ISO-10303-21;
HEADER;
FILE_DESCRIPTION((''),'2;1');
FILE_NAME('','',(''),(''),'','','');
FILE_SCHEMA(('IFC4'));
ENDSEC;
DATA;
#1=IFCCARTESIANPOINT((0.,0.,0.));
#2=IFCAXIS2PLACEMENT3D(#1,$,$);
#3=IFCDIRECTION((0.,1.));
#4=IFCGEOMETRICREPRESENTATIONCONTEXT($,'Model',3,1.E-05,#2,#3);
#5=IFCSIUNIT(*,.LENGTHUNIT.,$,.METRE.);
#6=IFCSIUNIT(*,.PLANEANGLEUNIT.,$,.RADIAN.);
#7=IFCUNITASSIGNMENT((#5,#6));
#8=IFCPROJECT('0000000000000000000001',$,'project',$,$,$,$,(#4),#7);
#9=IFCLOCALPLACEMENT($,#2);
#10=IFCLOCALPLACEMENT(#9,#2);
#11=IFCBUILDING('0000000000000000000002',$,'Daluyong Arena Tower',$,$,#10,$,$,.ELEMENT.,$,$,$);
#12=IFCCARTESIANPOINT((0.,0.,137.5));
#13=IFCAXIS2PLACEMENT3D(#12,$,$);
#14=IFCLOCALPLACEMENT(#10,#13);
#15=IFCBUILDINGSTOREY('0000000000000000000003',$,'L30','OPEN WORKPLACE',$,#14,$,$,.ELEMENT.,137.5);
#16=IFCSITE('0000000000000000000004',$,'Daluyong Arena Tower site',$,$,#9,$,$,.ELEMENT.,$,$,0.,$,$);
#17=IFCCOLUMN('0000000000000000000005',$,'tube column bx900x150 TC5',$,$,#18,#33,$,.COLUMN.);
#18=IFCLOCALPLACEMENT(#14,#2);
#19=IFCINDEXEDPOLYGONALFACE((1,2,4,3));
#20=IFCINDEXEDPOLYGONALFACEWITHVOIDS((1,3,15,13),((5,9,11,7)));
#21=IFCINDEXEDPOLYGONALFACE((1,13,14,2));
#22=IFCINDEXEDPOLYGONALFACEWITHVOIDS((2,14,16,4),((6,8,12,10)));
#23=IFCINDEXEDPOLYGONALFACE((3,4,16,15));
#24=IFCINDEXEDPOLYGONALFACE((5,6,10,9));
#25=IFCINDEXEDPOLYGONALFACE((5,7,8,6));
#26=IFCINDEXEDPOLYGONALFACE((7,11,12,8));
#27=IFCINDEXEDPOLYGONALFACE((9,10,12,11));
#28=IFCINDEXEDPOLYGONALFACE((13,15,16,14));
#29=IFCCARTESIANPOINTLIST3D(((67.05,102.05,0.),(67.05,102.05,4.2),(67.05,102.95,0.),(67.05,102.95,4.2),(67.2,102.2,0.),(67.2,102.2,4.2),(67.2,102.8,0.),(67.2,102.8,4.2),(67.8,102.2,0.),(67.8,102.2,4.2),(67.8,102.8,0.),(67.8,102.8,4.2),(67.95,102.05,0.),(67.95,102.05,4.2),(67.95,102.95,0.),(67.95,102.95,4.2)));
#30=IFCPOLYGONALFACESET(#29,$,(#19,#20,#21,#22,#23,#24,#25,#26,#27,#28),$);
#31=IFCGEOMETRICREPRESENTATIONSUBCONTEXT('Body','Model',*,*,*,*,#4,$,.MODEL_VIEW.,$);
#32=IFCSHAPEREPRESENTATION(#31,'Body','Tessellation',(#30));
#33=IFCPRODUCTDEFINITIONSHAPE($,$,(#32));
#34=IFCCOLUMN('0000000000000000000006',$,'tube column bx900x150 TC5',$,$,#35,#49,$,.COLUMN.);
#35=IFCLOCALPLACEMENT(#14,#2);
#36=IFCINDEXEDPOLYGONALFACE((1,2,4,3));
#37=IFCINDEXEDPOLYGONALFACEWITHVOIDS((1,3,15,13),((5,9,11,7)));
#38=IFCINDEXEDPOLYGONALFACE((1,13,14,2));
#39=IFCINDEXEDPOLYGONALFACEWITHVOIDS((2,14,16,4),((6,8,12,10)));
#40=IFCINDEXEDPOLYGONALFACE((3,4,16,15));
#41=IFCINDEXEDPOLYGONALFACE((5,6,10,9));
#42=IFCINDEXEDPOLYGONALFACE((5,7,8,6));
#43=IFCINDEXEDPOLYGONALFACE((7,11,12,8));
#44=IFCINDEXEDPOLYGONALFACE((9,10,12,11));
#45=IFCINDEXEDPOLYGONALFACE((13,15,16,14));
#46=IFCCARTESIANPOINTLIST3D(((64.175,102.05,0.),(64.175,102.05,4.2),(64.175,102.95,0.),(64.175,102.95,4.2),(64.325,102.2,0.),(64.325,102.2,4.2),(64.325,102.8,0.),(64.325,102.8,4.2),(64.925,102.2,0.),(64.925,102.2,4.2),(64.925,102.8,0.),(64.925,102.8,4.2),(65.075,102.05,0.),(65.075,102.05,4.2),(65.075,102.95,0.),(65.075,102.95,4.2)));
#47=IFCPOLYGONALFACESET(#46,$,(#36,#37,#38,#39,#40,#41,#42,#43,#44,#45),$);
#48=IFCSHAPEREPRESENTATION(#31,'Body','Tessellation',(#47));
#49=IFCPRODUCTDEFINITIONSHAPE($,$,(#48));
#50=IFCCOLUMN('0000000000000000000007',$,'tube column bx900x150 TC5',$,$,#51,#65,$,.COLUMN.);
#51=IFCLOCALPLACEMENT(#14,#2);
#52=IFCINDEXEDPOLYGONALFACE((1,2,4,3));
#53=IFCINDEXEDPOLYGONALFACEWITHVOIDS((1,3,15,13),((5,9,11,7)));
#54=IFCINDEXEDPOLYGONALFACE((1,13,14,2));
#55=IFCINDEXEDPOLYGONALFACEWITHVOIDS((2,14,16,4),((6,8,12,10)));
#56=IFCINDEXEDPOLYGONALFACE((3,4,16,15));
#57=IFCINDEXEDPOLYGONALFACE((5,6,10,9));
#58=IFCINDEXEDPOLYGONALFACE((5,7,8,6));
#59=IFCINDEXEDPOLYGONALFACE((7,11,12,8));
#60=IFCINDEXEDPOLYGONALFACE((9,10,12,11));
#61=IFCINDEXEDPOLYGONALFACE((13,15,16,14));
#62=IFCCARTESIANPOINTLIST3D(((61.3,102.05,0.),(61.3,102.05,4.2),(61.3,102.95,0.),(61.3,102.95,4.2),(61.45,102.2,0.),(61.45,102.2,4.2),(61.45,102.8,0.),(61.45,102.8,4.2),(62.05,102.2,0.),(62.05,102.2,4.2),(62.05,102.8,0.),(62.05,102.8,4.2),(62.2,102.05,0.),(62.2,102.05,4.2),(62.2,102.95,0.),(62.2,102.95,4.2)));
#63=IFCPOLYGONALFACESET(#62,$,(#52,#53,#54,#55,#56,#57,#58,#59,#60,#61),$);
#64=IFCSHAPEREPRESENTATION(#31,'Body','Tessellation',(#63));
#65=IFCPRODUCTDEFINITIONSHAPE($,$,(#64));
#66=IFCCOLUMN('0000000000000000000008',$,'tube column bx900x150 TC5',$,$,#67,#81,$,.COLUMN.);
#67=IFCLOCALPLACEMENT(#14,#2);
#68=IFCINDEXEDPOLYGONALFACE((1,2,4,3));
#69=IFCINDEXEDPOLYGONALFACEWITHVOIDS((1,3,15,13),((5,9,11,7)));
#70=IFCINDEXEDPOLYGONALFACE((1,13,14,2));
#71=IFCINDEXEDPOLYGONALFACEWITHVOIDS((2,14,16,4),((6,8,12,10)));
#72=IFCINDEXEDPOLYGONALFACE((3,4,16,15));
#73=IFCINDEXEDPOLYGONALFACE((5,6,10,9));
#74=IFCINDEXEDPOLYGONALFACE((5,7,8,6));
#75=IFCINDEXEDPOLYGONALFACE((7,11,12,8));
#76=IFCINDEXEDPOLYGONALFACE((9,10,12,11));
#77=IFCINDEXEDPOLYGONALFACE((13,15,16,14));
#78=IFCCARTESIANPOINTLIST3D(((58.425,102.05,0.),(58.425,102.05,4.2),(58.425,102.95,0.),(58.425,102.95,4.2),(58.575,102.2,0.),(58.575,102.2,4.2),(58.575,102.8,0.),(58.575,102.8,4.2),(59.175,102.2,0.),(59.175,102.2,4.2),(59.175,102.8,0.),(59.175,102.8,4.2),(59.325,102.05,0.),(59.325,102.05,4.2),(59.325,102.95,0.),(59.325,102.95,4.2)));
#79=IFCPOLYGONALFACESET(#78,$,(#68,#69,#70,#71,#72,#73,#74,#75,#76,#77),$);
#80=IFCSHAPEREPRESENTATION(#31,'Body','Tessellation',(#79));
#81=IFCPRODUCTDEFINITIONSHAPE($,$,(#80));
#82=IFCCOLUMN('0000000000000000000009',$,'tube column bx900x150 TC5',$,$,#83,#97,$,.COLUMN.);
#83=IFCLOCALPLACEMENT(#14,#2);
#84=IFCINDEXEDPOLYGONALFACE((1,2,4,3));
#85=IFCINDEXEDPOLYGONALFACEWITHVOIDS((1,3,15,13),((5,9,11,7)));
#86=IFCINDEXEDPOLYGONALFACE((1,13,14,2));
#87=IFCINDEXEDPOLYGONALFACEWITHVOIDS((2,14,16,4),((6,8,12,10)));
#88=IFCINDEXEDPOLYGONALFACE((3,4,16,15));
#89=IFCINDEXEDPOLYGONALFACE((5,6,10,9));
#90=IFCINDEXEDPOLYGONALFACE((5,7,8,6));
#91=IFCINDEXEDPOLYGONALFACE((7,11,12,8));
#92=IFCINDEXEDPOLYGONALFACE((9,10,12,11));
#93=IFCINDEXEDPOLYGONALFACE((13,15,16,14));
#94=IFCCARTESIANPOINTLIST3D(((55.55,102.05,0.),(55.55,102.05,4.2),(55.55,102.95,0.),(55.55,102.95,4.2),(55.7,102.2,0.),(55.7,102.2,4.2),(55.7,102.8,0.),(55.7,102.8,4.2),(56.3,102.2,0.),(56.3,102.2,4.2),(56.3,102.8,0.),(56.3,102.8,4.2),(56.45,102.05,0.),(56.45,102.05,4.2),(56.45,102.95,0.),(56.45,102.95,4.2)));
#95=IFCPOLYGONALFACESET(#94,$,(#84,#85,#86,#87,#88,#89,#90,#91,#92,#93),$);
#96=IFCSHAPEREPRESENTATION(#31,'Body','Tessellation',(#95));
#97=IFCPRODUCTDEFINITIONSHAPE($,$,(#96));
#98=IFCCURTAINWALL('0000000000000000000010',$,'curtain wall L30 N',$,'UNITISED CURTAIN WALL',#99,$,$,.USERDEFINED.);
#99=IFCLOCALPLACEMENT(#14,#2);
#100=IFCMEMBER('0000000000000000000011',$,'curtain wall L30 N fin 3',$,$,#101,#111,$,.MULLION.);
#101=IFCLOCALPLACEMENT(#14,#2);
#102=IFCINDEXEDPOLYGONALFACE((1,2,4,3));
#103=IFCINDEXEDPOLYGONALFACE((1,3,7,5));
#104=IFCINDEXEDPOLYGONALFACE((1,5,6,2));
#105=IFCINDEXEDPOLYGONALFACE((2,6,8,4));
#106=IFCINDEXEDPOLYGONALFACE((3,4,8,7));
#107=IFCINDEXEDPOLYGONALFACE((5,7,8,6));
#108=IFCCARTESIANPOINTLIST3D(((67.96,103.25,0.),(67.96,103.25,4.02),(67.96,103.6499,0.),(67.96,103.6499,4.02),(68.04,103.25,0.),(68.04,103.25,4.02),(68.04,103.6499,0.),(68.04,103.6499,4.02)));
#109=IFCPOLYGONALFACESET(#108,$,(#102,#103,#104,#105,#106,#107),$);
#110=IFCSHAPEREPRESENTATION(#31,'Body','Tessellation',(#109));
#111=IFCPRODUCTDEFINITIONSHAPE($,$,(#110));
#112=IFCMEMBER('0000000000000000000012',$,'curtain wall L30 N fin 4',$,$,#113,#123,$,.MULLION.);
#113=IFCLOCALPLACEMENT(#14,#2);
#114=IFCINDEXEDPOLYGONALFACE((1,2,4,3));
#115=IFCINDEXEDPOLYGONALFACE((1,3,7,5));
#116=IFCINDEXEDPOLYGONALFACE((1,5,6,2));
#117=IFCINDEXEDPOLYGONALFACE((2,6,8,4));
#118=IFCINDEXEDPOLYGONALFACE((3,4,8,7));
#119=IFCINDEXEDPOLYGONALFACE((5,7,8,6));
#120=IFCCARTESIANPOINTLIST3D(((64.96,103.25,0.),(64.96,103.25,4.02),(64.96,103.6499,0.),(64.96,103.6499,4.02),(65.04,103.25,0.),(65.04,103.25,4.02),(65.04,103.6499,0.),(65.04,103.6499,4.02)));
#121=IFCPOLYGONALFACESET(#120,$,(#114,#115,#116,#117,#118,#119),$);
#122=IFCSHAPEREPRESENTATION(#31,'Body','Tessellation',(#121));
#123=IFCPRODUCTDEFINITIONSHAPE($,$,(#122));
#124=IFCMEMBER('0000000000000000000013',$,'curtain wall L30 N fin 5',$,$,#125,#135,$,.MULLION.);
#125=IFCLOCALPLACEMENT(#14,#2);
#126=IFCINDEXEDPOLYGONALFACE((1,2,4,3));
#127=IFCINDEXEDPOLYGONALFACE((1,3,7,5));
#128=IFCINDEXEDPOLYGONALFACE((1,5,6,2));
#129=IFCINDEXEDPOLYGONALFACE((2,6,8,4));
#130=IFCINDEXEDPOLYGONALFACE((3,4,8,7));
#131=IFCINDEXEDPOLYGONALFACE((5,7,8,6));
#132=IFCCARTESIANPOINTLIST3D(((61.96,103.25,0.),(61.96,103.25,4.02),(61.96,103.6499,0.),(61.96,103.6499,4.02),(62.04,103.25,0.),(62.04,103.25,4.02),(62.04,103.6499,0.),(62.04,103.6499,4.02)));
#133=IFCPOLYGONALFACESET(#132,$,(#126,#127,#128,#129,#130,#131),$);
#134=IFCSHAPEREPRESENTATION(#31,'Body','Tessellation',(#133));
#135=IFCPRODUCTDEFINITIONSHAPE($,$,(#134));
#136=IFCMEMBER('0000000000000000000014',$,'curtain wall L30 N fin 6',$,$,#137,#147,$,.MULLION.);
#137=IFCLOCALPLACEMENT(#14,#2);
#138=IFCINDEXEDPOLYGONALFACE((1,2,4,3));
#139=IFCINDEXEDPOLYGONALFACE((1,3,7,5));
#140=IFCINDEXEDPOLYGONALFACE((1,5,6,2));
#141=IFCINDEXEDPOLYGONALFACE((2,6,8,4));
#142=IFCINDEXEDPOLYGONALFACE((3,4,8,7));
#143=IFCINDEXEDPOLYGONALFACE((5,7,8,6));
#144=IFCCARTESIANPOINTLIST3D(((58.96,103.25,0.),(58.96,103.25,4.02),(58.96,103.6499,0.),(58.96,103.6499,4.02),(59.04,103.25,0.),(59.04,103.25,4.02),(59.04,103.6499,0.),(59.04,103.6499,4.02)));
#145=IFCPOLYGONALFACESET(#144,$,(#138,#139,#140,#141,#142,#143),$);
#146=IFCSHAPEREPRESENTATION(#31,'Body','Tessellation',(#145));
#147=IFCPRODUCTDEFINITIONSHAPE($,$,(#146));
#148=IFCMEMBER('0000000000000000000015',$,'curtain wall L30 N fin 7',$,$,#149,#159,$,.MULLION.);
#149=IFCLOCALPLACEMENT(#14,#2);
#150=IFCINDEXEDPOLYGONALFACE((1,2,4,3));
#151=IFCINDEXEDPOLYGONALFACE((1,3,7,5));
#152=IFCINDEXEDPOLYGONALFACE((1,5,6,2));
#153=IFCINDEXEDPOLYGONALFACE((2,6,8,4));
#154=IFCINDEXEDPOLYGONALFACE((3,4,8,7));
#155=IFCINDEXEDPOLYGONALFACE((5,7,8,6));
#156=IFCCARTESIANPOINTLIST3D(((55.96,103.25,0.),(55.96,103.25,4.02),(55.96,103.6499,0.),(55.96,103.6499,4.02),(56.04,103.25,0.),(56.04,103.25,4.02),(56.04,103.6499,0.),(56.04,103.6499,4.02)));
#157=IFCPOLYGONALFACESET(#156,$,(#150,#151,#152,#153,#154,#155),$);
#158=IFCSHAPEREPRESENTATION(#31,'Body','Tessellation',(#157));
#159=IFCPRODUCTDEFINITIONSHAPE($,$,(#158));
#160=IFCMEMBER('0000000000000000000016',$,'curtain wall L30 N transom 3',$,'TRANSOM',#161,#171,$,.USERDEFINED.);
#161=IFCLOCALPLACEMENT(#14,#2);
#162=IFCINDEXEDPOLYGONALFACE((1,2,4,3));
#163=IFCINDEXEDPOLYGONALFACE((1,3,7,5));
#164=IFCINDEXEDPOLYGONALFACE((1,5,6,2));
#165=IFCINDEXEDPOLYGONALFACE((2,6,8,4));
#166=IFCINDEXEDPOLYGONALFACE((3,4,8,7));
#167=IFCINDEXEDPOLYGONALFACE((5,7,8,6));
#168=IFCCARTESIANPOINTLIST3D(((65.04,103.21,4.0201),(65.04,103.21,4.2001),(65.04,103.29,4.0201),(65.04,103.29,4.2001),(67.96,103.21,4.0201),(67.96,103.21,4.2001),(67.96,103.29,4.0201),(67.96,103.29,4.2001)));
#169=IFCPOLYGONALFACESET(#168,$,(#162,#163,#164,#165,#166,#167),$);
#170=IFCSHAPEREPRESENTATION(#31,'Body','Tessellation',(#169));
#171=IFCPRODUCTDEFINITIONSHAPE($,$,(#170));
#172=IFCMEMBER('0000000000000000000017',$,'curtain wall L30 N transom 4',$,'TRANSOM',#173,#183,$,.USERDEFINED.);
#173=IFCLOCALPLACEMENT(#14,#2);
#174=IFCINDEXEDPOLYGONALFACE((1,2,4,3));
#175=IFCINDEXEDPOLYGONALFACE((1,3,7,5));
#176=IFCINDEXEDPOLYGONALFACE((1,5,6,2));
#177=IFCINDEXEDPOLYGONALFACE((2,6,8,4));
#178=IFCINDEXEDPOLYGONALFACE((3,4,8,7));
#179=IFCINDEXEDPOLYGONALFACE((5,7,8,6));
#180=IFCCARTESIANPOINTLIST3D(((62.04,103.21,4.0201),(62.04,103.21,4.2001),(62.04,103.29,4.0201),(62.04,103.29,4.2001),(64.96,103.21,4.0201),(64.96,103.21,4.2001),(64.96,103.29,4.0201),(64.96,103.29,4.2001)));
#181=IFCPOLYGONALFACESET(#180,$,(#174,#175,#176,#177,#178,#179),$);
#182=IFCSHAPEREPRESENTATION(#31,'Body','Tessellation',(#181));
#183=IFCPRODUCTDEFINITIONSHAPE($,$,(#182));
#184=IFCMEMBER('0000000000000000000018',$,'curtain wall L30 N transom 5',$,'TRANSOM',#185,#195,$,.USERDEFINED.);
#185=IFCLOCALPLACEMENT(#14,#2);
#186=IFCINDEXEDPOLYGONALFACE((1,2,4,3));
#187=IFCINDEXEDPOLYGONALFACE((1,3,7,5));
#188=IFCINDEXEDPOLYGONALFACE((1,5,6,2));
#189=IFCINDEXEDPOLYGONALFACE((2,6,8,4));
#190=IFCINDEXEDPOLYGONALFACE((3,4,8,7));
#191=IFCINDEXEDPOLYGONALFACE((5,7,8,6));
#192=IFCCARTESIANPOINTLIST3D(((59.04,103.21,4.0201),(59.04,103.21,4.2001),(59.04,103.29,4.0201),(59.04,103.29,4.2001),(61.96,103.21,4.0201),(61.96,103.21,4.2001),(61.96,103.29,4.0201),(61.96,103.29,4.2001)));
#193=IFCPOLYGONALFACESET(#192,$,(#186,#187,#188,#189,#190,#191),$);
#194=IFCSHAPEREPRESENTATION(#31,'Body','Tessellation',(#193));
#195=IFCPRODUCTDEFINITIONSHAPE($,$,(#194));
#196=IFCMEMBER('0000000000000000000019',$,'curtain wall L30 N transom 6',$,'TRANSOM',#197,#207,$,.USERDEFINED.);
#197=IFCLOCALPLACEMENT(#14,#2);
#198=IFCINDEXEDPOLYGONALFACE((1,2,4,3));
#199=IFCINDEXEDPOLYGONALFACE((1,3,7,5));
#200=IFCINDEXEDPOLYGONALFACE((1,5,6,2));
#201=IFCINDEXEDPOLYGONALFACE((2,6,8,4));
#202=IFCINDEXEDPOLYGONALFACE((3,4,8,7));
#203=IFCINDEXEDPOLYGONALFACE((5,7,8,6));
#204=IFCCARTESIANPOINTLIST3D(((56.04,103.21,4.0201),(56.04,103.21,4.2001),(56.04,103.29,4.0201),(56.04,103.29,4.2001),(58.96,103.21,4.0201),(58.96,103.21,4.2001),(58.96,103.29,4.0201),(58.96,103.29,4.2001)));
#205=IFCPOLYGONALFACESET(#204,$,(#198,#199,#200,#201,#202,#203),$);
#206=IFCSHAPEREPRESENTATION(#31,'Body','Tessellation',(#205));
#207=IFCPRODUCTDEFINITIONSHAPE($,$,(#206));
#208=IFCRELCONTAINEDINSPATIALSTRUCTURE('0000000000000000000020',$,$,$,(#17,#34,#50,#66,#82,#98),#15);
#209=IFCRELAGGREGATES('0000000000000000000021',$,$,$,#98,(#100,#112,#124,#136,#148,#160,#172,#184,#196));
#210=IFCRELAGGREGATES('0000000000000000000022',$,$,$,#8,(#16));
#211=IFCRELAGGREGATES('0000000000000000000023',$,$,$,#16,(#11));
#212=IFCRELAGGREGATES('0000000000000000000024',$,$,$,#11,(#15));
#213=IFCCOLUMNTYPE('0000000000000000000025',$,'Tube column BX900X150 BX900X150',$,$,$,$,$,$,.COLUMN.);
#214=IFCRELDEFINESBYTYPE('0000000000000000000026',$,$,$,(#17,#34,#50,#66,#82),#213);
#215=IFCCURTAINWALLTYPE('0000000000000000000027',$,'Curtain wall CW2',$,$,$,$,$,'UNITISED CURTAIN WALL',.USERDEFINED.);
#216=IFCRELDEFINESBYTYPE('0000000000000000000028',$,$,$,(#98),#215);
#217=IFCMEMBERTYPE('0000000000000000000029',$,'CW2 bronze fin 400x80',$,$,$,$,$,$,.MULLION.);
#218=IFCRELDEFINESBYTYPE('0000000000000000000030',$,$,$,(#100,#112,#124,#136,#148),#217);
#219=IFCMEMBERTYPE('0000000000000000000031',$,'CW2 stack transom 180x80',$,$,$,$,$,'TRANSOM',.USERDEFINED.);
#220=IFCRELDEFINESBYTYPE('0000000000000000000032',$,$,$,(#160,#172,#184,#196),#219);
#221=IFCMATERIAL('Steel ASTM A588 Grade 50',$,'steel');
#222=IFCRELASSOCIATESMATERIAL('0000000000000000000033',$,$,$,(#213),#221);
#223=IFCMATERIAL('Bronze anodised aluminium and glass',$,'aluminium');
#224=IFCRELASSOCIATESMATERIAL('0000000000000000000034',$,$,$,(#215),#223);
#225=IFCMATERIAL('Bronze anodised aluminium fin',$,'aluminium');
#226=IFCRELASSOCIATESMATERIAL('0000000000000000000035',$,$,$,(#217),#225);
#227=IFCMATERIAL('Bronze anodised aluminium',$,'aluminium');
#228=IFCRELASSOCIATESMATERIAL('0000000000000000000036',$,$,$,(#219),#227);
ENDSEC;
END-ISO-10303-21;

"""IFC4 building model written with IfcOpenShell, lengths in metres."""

from ifc_helpers import new_model, si_unit, direction, frame, origin, origin_2d, place, context, subcontext, project, spatial, rectangle, hollow_rectangle, extrude, material, material_profile, profile_set, type_object, element, aggregate, save


model = new_model("IFC4")

# Units and contexts
model_context = context("Model", 3, precision=1e-05, world=origin(), true_north=direction((0.0, 1.0)))
body_context = subcontext(model_context, "Body", "Model", "MODEL_VIEW")
ifc_project = project(units=[si_unit("LENGTHUNIT", "METRE"), si_unit("PLANEANGLEUNIT", "RADIAN")], contexts=[model_context])

# Site, building, storey
site_placement = place(None, origin())
site = spatial("IfcSite", under=ifc_project, at=site_placement, Name="Daluyong Arena Tower site", CompositionType="ELEMENT", RefElevation=0.0)
building_placement = place(site_placement, origin())
building = spatial("IfcBuilding", under=site, at=building_placement, Name="Daluyong Arena Tower", CompositionType="ELEMENT")
storey_placement = place(building_placement, frame((0.0, 0.0, 137.5)))
storey = spatial("IfcBuildingStorey", under=building, at=storey_placement, Name="L30", Description="OPEN WORKPLACE", CompositionType="ELEMENT", Elevation=137.5)

# Columns
ifc_material_1 = material(Name="Steel ASTM A588 Grade 50", Category="steel")
ifc_material_profile_1 = material_profile(ifc_material_1, hollow_rectangle(XDim=0.8999, YDim=0.8999, WallThickness=0.15, at=origin_2d()))
ifc_profile_set_1 = profile_set([ifc_material_profile_1], Name="Steel ASTM A588 Grade 50")
column_type = type_object("IfcColumnType", Name="Tube column BX900X150 BX900X150", PredefinedType="COLUMN", material=ifc_profile_set_1)
for number, where, z_axis, x_axis, name in (
    (1, (67.5, 102.5, 0.0), (0.0, 0.0, 1.0), (1.0, 0.0, 0.0), "tube column bx900x150 TC5"),
    (2, (64.625, 102.5, 0.0), (0.0, 0.0, 1.0), (1.0, 0.0, 0.0), "tube column bx900x150 TC5"),
    (3, (61.75, 102.5, 0.0), (0.0, 0.0, 1.0), (1.0, 0.0, 0.0), "tube column bx900x150 TC5"),
    (4, (58.875, 102.5, 0.0), (0.0, 0.0, 1.0), (1.0, 0.0, 0.0), "tube column bx900x150 TC5"),
    (5, (56.0, 102.5, 0.0), (0.0, 0.0, 1.0), (1.0, 0.0, 0.0), "tube column bx900x150 TC5"),
):
    element("IfcColumn", number, at=place(storey_placement, frame(where, z_axis=z_axis, x_axis=x_axis)), inside=storey, type_object=column_type, Name=name, PredefinedType="COLUMN", context=body_context, shape_type="SweptSolid", body=[
        extrude(hollow_rectangle(XDim=0.8999, YDim=0.8999, WallThickness=0.15, at=origin_2d()), origin(), (0.0, 0.0, 1.0), 4.2),
    ])

# Curtain wall, members
ifc_material_2 = material(Name="Bronze anodised aluminium and glass", Category="aluminium")
curtain_wall_type = type_object("IfcCurtainWallType", Name="Curtain wall CW2", ElementType="UNITISED CURTAIN WALL", PredefinedType="USERDEFINED", material=ifc_material_2)
curtain_wall_placement = place(storey_placement, origin())
curtain_wall = element("IfcCurtainWall", 6, at=curtain_wall_placement, inside=storey, type_object=curtain_wall_type, Name="curtain wall L30 N", ObjectType="UNITISED CURTAIN WALL", PredefinedType="USERDEFINED")
ifc_material_3 = material(Name="Bronze anodised aluminium fin", Category="aluminium")
ifc_material_profile_2 = material_profile(ifc_material_3, rectangle(XDim=0.3999, YDim=0.0801, at=origin_2d()))
ifc_profile_set_2 = profile_set([ifc_material_profile_2], Name="Bronze anodised aluminium fin")
member_type_1 = type_object("IfcMemberType", Name="CW2 bronze fin 400x80", PredefinedType="MULLION", material=ifc_profile_set_2)
member_1_placement = place(storey_placement, frame((68.0, 103.45, 0.0), z_axis=(0.0, 0.0, 1.0), x_axis=(0.0, -1.0, 0.0)))
member_1 = element("IfcMember", 7, at=member_1_placement, type_object=member_type_1, Name="curtain wall L30 N fin 3", PredefinedType="MULLION", context=body_context, shape_type="SweptSolid", body=[
    extrude(rectangle(XDim=0.3999, YDim=0.0801, at=origin_2d()), origin(), (0.0, 0.0, 1.0), 4.02),
])
member_2_placement = place(storey_placement, frame((65.0, 103.45, 0.0), z_axis=(0.0, 0.0, 1.0), x_axis=(0.0, -1.0, 0.0)))
member_2 = element("IfcMember", 8, at=member_2_placement, type_object=member_type_1, Name="curtain wall L30 N fin 4", PredefinedType="MULLION", context=body_context, shape_type="SweptSolid", body=[
    extrude(rectangle(XDim=0.3999, YDim=0.0801, at=origin_2d()), origin(), (0.0, 0.0, 1.0), 4.02),
])
member_3_placement = place(storey_placement, frame((62.0, 103.45, 0.0), z_axis=(0.0, 0.0, 1.0), x_axis=(0.0, -1.0, 0.0)))
member_3 = element("IfcMember", 9, at=member_3_placement, type_object=member_type_1, Name="curtain wall L30 N fin 5", PredefinedType="MULLION", context=body_context, shape_type="SweptSolid", body=[
    extrude(rectangle(XDim=0.3999, YDim=0.0801, at=origin_2d()), origin(), (0.0, 0.0, 1.0), 4.02),
])
member_4_placement = place(storey_placement, frame((59.0, 103.45, 0.0), z_axis=(0.0, 0.0, 1.0), x_axis=(0.0, -1.0, 0.0)))
member_4 = element("IfcMember", 10, at=member_4_placement, type_object=member_type_1, Name="curtain wall L30 N fin 6", PredefinedType="MULLION", context=body_context, shape_type="SweptSolid", body=[
    extrude(rectangle(XDim=0.3999, YDim=0.0801, at=origin_2d()), origin(), (0.0, 0.0, 1.0), 4.02),
])
member_5_placement = place(storey_placement, frame((56.0, 103.45, 0.0), z_axis=(0.0, 0.0, 1.0), x_axis=(0.0, -1.0, 0.0)))
member_5 = element("IfcMember", 11, at=member_5_placement, type_object=member_type_1, Name="curtain wall L30 N fin 7", PredefinedType="MULLION", context=body_context, shape_type="SweptSolid", body=[
    extrude(rectangle(XDim=0.3999, YDim=0.0801, at=origin_2d()), origin(), (0.0, 0.0, 1.0), 4.02),
])
ifc_material_4 = material(Name="Bronze anodised aluminium", Category="aluminium")
ifc_material_profile_3 = material_profile(ifc_material_4, rectangle(XDim=0.0801, YDim=0.1799, at=origin_2d()))
ifc_profile_set_3 = profile_set([ifc_material_profile_3], Name="Bronze anodised aluminium")
member_type_2 = type_object("IfcMemberType", Name="CW2 stack transom 180x80", ElementType="TRANSOM", PredefinedType="USERDEFINED", material=ifc_profile_set_3)
member_6_placement = place(storey_placement, frame((67.96, 103.25, 4.1101), z_axis=(-1.0, 0.0, 0.0), x_axis=(0.0, -1.0, 0.0)))
member_6 = element("IfcMember", 12, at=member_6_placement, type_object=member_type_2, Name="curtain wall L30 N transom 3", ObjectType="TRANSOM", PredefinedType="USERDEFINED", context=body_context, shape_type="SweptSolid", body=[
    extrude(rectangle(XDim=0.0801, YDim=0.1799, at=origin_2d()), origin(), (0.0, 0.0, 1.0), 2.9199),
])
member_7_placement = place(storey_placement, frame((64.96, 103.25, 4.1101), z_axis=(-1.0, 0.0, 0.0), x_axis=(0.0, -1.0, 0.0)))
member_7 = element("IfcMember", 13, at=member_7_placement, type_object=member_type_2, Name="curtain wall L30 N transom 4", ObjectType="TRANSOM", PredefinedType="USERDEFINED", context=body_context, shape_type="SweptSolid", body=[
    extrude(rectangle(XDim=0.0801, YDim=0.1799, at=origin_2d()), origin(), (0.0, 0.0, 1.0), 2.9199),
])
member_8_placement = place(storey_placement, frame((61.96, 103.25, 4.1101), z_axis=(-1.0, 0.0, 0.0), x_axis=(0.0, -1.0, 0.0)))
member_8 = element("IfcMember", 14, at=member_8_placement, type_object=member_type_2, Name="curtain wall L30 N transom 5", ObjectType="TRANSOM", PredefinedType="USERDEFINED", context=body_context, shape_type="SweptSolid", body=[
    extrude(rectangle(XDim=0.0801, YDim=0.1799, at=origin_2d()), origin(), (0.0, 0.0, 1.0), 2.9199),
])
member_9_placement = place(storey_placement, frame((58.96, 103.25, 4.1101), z_axis=(-1.0, 0.0, 0.0), x_axis=(0.0, -1.0, 0.0)))
member_9 = element("IfcMember", 15, at=member_9_placement, type_object=member_type_2, Name="curtain wall L30 N transom 6", ObjectType="TRANSOM", PredefinedType="USERDEFINED", context=body_context, shape_type="SweptSolid", body=[
    extrude(rectangle(XDim=0.0801, YDim=0.1799, at=origin_2d()), origin(), (0.0, 0.0, 1.0), 2.9199),
])

aggregate(curtain_wall, [member_1, member_2, member_3, member_4, member_5, member_6, member_7, member_8, member_9])

save(model, "model.ifc")
